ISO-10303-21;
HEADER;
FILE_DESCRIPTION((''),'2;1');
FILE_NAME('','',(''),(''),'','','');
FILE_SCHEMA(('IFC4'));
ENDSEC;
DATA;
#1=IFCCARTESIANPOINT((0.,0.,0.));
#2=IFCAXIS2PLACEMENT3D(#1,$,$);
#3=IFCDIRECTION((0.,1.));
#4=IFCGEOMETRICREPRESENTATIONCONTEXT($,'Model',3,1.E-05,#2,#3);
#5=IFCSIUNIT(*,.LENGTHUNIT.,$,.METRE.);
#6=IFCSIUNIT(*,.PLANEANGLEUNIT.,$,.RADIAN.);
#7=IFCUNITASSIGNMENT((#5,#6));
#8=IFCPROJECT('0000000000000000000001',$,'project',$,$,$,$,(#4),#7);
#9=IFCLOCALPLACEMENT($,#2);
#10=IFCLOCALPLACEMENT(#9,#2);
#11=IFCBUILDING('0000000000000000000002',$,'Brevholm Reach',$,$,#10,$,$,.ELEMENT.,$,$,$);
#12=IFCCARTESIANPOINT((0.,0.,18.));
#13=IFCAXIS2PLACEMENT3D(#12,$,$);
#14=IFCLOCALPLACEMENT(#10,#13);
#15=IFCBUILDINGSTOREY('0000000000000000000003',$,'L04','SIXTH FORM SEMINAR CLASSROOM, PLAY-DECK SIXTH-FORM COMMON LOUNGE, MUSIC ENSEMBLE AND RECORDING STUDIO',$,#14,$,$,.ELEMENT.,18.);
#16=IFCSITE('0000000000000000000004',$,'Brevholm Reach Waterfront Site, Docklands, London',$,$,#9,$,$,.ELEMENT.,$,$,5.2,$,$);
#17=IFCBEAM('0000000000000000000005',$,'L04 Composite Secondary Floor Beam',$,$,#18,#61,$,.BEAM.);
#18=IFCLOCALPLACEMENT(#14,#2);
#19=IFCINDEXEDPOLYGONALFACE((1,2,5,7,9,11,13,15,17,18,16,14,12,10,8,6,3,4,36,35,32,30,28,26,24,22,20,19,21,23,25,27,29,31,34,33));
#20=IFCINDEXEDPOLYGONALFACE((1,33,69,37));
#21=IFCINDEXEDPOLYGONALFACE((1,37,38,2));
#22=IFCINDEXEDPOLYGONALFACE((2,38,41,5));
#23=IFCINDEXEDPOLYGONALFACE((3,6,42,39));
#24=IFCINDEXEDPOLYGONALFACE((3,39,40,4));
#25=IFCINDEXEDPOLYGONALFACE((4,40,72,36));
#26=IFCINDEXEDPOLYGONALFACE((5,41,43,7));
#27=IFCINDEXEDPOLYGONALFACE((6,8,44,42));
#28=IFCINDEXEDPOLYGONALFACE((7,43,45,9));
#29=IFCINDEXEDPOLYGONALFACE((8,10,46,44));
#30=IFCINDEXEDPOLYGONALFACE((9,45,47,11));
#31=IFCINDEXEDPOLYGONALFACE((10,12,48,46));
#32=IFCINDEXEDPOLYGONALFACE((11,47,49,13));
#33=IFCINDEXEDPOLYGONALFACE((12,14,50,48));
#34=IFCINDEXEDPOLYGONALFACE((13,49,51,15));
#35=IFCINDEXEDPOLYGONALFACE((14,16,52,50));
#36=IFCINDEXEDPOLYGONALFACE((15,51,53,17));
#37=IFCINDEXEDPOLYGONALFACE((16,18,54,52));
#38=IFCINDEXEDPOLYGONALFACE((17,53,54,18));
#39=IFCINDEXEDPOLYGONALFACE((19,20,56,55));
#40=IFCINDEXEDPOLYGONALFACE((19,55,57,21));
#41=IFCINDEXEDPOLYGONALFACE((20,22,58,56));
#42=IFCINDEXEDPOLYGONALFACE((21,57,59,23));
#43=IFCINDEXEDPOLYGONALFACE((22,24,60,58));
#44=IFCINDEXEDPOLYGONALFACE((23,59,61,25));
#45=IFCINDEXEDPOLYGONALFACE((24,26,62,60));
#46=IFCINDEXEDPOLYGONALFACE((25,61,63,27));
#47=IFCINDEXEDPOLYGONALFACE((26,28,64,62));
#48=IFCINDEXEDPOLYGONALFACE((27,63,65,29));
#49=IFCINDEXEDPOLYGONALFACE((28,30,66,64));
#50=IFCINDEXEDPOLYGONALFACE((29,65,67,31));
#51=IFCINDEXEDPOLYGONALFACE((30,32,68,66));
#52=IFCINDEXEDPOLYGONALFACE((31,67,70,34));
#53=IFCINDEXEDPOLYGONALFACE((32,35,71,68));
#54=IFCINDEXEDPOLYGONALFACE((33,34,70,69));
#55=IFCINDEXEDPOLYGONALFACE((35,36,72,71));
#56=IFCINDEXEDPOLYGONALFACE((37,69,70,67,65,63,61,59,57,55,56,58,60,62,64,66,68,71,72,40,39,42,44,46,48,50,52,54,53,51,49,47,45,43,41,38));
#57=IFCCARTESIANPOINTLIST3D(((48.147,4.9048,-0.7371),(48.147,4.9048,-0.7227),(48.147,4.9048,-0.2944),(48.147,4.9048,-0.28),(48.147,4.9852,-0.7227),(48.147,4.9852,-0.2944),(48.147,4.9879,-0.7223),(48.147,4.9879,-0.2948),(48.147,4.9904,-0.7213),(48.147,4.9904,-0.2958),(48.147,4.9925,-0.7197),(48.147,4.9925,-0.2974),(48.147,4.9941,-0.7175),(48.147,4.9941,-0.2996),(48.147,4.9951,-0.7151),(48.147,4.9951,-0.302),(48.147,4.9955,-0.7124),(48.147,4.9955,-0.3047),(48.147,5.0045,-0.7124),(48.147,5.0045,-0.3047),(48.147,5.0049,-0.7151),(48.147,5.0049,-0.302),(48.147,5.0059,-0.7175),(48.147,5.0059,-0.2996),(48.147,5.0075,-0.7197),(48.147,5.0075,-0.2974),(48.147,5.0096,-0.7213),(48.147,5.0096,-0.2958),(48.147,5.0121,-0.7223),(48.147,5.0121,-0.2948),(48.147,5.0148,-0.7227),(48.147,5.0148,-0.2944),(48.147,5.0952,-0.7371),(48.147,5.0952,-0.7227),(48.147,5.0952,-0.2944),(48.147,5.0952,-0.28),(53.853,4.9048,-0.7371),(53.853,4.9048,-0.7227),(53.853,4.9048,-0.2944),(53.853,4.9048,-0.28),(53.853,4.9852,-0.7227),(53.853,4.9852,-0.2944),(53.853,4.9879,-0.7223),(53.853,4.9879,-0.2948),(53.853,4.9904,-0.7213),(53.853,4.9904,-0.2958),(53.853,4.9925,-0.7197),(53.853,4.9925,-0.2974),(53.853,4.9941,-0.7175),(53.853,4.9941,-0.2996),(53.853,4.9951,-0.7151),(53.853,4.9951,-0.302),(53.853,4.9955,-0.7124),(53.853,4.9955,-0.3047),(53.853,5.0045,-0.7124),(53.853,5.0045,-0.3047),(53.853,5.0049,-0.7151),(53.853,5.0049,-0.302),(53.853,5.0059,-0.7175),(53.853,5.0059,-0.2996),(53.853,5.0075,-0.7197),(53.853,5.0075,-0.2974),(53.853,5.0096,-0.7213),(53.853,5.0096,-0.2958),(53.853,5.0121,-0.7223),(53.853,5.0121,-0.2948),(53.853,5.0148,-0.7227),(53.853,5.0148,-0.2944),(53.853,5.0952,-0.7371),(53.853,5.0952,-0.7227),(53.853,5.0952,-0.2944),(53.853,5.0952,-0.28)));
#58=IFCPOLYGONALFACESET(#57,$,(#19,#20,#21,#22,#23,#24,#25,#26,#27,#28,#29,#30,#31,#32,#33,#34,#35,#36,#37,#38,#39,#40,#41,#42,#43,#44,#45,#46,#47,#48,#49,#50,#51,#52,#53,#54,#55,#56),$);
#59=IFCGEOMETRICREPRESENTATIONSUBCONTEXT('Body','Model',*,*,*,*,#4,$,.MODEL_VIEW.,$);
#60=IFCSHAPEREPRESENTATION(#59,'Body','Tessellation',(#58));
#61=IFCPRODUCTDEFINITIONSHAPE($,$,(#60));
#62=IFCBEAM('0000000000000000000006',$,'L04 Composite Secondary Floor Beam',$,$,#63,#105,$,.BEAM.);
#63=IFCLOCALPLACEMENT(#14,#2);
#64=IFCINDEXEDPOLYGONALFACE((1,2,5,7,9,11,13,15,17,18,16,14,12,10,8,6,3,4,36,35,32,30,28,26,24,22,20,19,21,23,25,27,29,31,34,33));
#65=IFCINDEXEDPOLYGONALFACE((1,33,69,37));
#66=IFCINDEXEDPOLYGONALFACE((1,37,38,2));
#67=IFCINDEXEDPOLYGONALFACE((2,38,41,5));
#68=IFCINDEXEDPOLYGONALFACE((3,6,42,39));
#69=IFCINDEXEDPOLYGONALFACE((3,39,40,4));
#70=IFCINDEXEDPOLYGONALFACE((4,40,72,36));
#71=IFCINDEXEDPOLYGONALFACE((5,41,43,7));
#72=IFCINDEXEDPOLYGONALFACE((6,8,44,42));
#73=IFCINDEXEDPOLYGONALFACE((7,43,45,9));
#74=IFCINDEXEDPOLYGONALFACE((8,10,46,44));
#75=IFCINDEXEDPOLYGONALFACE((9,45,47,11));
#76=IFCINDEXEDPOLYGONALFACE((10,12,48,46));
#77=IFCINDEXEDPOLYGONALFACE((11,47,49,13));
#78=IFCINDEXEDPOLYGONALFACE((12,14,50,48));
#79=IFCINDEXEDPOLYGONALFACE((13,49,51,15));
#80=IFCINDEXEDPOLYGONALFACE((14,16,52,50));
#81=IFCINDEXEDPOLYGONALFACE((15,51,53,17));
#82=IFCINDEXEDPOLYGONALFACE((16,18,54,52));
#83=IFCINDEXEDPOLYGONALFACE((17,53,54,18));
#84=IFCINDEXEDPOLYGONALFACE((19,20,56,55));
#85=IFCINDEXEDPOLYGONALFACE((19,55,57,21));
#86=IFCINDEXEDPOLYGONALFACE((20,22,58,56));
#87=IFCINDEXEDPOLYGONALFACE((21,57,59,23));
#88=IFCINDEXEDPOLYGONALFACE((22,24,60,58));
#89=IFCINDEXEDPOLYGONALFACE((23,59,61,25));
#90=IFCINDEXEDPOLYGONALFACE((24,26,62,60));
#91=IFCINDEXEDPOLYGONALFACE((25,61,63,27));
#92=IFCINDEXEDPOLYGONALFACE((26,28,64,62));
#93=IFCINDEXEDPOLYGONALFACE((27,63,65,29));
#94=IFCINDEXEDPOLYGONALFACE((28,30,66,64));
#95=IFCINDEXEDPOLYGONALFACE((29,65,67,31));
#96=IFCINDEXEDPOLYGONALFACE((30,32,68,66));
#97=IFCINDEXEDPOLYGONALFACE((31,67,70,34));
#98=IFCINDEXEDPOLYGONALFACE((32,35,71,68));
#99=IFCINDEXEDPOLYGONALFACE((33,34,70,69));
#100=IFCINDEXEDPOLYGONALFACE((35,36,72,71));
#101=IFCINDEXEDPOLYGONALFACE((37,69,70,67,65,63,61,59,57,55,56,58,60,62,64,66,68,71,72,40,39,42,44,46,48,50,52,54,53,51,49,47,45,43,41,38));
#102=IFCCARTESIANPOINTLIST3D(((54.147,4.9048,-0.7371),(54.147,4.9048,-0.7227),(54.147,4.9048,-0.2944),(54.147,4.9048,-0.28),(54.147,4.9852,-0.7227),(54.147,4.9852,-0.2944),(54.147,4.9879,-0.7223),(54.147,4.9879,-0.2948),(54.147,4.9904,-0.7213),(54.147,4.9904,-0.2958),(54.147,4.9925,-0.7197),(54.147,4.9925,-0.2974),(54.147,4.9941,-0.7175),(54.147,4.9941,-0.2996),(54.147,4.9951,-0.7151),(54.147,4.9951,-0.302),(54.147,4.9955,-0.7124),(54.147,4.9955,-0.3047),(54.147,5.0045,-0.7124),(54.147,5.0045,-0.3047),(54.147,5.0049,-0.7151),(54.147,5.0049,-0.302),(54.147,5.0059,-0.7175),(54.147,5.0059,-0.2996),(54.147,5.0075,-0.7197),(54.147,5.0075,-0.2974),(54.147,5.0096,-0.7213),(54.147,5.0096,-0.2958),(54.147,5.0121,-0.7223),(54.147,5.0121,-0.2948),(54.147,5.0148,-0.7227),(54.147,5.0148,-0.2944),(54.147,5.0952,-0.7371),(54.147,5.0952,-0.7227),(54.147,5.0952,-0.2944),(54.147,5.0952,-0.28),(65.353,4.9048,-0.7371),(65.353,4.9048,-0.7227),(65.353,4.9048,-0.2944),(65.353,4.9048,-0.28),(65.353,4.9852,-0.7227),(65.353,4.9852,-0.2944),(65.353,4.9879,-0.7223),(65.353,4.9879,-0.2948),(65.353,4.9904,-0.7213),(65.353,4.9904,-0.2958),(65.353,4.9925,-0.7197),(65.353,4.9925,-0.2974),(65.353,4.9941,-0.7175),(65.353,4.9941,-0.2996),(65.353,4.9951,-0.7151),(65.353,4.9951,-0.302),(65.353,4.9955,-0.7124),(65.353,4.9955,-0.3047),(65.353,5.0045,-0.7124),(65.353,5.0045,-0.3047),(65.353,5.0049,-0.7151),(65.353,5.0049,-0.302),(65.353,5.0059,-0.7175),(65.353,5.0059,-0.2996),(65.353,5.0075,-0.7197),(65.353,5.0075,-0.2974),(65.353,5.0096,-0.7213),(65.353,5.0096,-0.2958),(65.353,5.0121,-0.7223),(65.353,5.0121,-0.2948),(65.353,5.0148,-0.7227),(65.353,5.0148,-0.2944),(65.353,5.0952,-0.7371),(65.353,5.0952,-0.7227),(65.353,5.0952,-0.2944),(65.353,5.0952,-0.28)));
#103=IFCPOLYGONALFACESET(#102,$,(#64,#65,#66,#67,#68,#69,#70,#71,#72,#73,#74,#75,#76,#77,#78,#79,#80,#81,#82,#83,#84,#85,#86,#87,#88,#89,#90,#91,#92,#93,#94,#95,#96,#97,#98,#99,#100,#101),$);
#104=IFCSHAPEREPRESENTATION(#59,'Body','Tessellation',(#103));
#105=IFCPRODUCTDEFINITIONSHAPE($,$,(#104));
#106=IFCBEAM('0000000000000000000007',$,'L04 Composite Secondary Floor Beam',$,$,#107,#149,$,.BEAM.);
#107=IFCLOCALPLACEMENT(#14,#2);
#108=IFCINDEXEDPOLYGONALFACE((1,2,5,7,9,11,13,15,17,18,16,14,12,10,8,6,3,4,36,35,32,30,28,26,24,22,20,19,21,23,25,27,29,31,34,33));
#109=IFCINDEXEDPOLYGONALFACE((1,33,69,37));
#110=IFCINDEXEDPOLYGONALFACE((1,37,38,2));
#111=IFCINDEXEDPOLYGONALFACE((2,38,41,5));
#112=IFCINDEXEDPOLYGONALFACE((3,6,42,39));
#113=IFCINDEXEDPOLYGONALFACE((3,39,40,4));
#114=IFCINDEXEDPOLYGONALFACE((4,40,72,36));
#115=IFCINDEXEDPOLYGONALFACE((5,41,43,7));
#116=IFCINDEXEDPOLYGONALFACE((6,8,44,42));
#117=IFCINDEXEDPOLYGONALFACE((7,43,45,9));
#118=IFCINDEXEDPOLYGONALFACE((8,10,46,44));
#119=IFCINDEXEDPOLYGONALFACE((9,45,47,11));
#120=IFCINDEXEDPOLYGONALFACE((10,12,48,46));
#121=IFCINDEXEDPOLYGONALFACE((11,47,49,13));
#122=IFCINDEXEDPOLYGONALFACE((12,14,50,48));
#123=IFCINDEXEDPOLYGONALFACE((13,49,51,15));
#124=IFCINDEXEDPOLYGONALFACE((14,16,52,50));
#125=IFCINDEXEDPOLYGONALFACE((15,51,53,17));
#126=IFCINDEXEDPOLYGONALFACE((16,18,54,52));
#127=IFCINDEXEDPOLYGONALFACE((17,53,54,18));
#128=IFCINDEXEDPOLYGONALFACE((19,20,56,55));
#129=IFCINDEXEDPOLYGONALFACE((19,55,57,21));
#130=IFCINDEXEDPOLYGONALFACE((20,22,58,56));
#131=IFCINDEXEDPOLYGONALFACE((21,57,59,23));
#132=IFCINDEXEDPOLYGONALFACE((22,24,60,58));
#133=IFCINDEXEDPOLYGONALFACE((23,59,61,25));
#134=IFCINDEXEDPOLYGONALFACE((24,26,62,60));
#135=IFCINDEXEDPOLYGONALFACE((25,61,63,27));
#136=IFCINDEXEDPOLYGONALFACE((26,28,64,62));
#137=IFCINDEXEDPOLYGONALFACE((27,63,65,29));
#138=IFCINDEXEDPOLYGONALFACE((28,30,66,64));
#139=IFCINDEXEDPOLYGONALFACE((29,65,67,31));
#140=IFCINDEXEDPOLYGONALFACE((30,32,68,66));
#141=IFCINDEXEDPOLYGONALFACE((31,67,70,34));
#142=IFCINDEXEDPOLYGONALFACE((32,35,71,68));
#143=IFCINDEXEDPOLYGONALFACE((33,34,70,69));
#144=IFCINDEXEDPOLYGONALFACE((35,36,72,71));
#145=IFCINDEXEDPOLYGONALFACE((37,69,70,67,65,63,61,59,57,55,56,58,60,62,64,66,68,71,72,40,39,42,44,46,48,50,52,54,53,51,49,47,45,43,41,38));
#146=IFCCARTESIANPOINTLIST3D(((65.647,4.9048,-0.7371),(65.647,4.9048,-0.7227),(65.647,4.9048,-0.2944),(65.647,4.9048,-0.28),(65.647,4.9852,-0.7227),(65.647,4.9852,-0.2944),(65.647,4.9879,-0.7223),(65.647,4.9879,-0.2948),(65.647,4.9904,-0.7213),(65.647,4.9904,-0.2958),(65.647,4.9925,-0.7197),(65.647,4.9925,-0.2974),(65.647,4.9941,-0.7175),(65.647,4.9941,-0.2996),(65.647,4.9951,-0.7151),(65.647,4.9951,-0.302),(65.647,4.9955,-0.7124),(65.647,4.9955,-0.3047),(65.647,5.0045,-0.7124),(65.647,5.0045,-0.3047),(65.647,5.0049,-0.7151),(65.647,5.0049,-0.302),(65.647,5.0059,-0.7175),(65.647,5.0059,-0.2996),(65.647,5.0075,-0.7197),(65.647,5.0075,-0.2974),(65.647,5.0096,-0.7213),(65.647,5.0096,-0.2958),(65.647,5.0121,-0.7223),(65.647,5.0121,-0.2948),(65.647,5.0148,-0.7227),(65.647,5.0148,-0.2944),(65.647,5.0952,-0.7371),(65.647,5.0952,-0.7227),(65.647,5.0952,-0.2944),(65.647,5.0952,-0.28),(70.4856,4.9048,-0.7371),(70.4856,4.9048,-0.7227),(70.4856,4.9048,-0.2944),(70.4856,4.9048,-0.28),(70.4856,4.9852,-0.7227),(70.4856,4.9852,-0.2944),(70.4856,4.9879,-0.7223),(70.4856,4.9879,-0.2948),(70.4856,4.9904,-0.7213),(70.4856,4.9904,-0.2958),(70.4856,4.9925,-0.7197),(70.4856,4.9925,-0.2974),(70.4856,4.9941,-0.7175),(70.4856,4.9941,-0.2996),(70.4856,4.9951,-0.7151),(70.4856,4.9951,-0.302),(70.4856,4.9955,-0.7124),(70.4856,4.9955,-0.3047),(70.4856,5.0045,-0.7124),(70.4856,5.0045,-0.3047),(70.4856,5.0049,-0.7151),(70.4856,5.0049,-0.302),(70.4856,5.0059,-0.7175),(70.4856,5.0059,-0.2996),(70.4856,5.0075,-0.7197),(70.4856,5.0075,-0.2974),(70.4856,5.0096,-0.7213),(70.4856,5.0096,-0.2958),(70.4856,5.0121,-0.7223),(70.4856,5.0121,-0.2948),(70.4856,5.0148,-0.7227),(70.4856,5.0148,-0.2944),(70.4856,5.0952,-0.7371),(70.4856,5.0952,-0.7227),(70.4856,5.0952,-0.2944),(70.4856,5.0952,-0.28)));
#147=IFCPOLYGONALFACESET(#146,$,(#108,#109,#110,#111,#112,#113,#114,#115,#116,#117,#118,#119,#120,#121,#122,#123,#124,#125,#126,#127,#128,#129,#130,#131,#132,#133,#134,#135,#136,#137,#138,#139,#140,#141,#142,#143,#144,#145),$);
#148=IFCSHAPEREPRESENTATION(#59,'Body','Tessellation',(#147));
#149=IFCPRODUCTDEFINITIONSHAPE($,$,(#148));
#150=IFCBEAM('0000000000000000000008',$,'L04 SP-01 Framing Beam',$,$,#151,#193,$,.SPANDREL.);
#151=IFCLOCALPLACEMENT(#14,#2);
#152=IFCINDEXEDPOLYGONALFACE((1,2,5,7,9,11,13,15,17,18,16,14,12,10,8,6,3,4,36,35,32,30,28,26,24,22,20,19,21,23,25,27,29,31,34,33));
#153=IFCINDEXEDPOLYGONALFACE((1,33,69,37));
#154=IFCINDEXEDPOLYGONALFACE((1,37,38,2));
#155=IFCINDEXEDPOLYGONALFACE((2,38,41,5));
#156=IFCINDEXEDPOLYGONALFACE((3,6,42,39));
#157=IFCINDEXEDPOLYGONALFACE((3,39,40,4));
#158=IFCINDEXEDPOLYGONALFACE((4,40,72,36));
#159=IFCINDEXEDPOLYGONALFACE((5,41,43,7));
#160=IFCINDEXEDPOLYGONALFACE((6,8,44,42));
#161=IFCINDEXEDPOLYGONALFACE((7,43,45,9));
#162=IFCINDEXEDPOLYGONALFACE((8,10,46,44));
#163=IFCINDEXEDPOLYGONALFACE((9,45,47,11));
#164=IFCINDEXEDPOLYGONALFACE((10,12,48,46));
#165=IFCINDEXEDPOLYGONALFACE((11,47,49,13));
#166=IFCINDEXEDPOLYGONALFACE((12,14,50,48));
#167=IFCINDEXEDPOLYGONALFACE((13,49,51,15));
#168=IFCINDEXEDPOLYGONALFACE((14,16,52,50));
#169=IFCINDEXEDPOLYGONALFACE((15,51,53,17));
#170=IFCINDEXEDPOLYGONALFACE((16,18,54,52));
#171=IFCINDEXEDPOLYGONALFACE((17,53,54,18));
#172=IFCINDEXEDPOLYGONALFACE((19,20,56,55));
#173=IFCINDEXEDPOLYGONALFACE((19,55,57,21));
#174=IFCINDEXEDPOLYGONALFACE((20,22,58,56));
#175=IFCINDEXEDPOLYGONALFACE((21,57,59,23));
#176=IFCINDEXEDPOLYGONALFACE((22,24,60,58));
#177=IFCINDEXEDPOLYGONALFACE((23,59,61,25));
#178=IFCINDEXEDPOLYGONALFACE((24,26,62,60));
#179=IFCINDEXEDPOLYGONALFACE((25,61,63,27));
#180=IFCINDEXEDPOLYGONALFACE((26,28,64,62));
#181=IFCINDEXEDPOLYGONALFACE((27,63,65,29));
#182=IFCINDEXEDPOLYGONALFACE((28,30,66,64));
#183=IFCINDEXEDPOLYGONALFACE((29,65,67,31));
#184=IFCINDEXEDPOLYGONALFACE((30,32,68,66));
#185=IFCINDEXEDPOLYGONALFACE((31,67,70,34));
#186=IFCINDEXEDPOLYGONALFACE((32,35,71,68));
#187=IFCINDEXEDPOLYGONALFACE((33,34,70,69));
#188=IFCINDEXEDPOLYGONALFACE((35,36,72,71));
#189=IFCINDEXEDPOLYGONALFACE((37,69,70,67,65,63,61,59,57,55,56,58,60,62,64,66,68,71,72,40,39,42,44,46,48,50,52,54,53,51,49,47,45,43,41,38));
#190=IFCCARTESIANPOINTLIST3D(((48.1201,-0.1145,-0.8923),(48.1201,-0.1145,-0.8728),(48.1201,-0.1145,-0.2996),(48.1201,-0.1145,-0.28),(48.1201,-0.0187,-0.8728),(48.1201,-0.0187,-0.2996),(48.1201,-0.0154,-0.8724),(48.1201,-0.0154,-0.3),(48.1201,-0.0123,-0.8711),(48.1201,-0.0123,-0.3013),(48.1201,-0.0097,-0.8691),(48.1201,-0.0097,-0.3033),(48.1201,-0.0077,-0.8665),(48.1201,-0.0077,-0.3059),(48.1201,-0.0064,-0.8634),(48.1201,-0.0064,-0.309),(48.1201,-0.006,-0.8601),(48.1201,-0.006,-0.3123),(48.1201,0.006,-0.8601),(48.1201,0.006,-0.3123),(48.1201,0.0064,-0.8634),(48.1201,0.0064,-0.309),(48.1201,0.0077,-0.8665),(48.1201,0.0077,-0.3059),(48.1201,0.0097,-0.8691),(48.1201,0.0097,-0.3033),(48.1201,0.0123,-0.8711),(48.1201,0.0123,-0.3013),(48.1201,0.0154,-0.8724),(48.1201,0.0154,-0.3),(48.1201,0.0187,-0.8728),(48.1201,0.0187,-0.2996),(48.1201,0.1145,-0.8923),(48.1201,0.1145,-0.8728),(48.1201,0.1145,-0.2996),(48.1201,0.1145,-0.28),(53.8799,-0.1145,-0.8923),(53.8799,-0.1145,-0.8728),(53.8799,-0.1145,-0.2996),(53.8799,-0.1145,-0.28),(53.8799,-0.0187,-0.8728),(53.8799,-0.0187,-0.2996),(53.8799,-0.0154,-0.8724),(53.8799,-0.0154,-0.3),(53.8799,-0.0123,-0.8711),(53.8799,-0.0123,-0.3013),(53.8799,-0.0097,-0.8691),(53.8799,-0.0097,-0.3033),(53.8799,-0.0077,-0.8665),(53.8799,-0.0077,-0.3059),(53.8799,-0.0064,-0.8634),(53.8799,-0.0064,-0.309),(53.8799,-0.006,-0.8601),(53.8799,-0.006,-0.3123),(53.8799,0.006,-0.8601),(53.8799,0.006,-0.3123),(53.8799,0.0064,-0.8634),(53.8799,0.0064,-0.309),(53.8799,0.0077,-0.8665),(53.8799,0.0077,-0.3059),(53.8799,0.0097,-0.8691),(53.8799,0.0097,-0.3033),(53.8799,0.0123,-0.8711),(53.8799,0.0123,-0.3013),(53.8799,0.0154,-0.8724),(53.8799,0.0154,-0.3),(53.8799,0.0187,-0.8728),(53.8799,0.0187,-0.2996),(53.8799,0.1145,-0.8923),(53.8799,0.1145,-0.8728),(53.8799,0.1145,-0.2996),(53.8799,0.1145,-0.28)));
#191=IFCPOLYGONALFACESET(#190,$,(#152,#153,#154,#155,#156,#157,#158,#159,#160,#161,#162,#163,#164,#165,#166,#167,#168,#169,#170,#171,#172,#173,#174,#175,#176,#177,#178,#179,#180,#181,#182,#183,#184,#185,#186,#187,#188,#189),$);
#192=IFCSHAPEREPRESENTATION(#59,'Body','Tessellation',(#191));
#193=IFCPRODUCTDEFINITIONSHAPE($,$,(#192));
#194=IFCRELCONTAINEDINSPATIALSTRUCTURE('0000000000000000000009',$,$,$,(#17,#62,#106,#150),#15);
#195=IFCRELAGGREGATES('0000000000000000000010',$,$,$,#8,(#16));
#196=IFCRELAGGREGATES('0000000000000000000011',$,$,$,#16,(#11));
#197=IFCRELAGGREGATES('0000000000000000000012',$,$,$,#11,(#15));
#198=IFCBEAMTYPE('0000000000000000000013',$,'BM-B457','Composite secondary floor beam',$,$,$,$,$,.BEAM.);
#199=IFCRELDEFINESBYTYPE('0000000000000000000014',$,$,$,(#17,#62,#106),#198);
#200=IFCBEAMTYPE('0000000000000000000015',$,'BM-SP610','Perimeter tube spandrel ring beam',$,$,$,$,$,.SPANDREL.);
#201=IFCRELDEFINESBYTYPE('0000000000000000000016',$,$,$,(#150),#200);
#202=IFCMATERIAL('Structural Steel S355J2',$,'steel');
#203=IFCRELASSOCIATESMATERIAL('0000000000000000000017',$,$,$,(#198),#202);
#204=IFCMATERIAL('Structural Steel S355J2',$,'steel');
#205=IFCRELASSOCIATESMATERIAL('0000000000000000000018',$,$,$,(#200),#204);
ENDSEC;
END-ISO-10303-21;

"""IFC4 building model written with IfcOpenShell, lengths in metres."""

from ifc_helpers import new_model, si_unit, direction, frame, origin, origin_2d, place, context, subcontext, project, spatial, i_section, extrude, material, material_profile, profile_set, type_object, element, save


model = new_model("IFC4")

# Units and contexts
model_context = context("Model", 3, precision=1e-05, world=origin(), true_north=direction((0.0, 1.0)))
body_context = subcontext(model_context, "Body", "Model", "MODEL_VIEW")
ifc_project = project(units=[si_unit("LENGTHUNIT", "METRE"), si_unit("PLANEANGLEUNIT", "RADIAN")], contexts=[model_context])

# Site, building, storey
site_placement = place(None, origin())
site = spatial("IfcSite", under=ifc_project, at=site_placement, Name="Brevholm Reach Waterfront Site, Docklands, London", CompositionType="ELEMENT", RefElevation=5.2)
building_placement = place(site_placement, origin())
building = spatial("IfcBuilding", under=site, at=building_placement, Name="Brevholm Reach", CompositionType="ELEMENT")
storey_placement = place(building_placement, frame((0.0, 0.0, 18.0)))
storey = spatial("IfcBuildingStorey", under=building, at=storey_placement, Name="L04", Description="SIXTH FORM SEMINAR CLASSROOM, PLAY-DECK SIXTH-FORM COMMON LOUNGE, MUSIC ENSEMBLE AND RECORDING STUDIO", CompositionType="ELEMENT", Elevation=18.0)

# Beams
ifc_material_1 = material(Name="Structural Steel S355J2", Category="steel")
ifc_material_profile_1 = material_profile(ifc_material_1, i_section(OverallWidth=0.1904, OverallDepth=0.457, WebThickness=0.009, FlangeThickness=0.0144, FilletRadius=0.0103, at=origin_2d()), Name="UKB 457x191x74")
ifc_profile_set_1 = profile_set([ifc_material_profile_1], Name="Structural Steel S355J2")
beam_type_1 = type_object("IfcBeamType", Name="BM-B457", Description="Composite secondary floor beam", PredefinedType="BEAM", material=ifc_profile_set_1)
beam_1_placement = place(storey_placement, frame((48.147, 5.0, -0.5085), z_axis=(1.0, 0.0, 0.0), x_axis=(0.0, 1.0, 0.0)))
element("IfcBeam", 1, at=beam_1_placement, inside=storey, type_object=beam_type_1, Name="L04 Composite Secondary Floor Beam", PredefinedType="BEAM", context=body_context, shape_type="SweptSolid", body=[
    extrude(i_section(OverallWidth=0.1904, OverallDepth=0.457, WebThickness=0.009, FlangeThickness=0.0144, FilletRadius=0.0103, at=origin_2d()), origin(), (0.0, 0.0, 1.0), 5.7061),
])
beam_2_placement = place(storey_placement, frame((54.147, 5.0, -0.5085), z_axis=(1.0, 0.0, 0.0), x_axis=(0.0, 1.0, 0.0)))
element("IfcBeam", 2, at=beam_2_placement, inside=storey, type_object=beam_type_1, Name="L04 Composite Secondary Floor Beam", PredefinedType="BEAM", context=body_context, shape_type="SweptSolid", body=[
    extrude(i_section(OverallWidth=0.1904, OverallDepth=0.457, WebThickness=0.009, FlangeThickness=0.0144, FilletRadius=0.0103, at=origin_2d()), origin(), (0.0, 0.0, 1.0), 11.2061),
])
beam_3_placement = place(storey_placement, frame((65.647, 5.0, -0.5085), z_axis=(1.0, 0.0, 0.0), x_axis=(0.0, 1.0, 0.0)))
element("IfcBeam", 3, at=beam_3_placement, inside=storey, type_object=beam_type_1, Name="L04 Composite Secondary Floor Beam", PredefinedType="BEAM", context=body_context, shape_type="SweptSolid", body=[
    extrude(i_section(OverallWidth=0.1904, OverallDepth=0.457, WebThickness=0.009, FlangeThickness=0.0144, FilletRadius=0.0103, at=origin_2d()), origin(), (0.0, 0.0, 1.0), 4.8386),
])
ifc_material_2 = material(Name="Structural Steel S355J2", Category="steel")
ifc_material_profile_2 = material_profile(ifc_material_2, i_section(OverallWidth=0.229, OverallDepth=0.6123, WebThickness=0.012, FlangeThickness=0.0195, FilletRadius=0.0127, at=origin_2d()), Name="UKB 610x229x125")
ifc_profile_set_2 = profile_set([ifc_material_profile_2], Name="Structural Steel S355J2")
beam_type_2 = type_object("IfcBeamType", Name="BM-SP610", Description="Perimeter tube spandrel ring beam", PredefinedType="SPANDREL", material=ifc_profile_set_2)
beam_4_placement = place(storey_placement, frame((48.1201, 0.0, -0.5862), z_axis=(1.0, 0.0, 0.0), x_axis=(0.0, 1.0, 0.0)))
element("IfcBeam", 4, at=beam_4_placement, inside=storey, type_object=beam_type_2, Name="L04 SP-01 Framing Beam", PredefinedType="SPANDREL", context=body_context, shape_type="SweptSolid", body=[
    extrude(i_section(OverallWidth=0.229, OverallDepth=0.6123, WebThickness=0.012, FlangeThickness=0.0195, FilletRadius=0.0127, at=origin_2d()), origin(), (0.0, 0.0, 1.0), 5.7598),
])

save(model, "model.ifc")
